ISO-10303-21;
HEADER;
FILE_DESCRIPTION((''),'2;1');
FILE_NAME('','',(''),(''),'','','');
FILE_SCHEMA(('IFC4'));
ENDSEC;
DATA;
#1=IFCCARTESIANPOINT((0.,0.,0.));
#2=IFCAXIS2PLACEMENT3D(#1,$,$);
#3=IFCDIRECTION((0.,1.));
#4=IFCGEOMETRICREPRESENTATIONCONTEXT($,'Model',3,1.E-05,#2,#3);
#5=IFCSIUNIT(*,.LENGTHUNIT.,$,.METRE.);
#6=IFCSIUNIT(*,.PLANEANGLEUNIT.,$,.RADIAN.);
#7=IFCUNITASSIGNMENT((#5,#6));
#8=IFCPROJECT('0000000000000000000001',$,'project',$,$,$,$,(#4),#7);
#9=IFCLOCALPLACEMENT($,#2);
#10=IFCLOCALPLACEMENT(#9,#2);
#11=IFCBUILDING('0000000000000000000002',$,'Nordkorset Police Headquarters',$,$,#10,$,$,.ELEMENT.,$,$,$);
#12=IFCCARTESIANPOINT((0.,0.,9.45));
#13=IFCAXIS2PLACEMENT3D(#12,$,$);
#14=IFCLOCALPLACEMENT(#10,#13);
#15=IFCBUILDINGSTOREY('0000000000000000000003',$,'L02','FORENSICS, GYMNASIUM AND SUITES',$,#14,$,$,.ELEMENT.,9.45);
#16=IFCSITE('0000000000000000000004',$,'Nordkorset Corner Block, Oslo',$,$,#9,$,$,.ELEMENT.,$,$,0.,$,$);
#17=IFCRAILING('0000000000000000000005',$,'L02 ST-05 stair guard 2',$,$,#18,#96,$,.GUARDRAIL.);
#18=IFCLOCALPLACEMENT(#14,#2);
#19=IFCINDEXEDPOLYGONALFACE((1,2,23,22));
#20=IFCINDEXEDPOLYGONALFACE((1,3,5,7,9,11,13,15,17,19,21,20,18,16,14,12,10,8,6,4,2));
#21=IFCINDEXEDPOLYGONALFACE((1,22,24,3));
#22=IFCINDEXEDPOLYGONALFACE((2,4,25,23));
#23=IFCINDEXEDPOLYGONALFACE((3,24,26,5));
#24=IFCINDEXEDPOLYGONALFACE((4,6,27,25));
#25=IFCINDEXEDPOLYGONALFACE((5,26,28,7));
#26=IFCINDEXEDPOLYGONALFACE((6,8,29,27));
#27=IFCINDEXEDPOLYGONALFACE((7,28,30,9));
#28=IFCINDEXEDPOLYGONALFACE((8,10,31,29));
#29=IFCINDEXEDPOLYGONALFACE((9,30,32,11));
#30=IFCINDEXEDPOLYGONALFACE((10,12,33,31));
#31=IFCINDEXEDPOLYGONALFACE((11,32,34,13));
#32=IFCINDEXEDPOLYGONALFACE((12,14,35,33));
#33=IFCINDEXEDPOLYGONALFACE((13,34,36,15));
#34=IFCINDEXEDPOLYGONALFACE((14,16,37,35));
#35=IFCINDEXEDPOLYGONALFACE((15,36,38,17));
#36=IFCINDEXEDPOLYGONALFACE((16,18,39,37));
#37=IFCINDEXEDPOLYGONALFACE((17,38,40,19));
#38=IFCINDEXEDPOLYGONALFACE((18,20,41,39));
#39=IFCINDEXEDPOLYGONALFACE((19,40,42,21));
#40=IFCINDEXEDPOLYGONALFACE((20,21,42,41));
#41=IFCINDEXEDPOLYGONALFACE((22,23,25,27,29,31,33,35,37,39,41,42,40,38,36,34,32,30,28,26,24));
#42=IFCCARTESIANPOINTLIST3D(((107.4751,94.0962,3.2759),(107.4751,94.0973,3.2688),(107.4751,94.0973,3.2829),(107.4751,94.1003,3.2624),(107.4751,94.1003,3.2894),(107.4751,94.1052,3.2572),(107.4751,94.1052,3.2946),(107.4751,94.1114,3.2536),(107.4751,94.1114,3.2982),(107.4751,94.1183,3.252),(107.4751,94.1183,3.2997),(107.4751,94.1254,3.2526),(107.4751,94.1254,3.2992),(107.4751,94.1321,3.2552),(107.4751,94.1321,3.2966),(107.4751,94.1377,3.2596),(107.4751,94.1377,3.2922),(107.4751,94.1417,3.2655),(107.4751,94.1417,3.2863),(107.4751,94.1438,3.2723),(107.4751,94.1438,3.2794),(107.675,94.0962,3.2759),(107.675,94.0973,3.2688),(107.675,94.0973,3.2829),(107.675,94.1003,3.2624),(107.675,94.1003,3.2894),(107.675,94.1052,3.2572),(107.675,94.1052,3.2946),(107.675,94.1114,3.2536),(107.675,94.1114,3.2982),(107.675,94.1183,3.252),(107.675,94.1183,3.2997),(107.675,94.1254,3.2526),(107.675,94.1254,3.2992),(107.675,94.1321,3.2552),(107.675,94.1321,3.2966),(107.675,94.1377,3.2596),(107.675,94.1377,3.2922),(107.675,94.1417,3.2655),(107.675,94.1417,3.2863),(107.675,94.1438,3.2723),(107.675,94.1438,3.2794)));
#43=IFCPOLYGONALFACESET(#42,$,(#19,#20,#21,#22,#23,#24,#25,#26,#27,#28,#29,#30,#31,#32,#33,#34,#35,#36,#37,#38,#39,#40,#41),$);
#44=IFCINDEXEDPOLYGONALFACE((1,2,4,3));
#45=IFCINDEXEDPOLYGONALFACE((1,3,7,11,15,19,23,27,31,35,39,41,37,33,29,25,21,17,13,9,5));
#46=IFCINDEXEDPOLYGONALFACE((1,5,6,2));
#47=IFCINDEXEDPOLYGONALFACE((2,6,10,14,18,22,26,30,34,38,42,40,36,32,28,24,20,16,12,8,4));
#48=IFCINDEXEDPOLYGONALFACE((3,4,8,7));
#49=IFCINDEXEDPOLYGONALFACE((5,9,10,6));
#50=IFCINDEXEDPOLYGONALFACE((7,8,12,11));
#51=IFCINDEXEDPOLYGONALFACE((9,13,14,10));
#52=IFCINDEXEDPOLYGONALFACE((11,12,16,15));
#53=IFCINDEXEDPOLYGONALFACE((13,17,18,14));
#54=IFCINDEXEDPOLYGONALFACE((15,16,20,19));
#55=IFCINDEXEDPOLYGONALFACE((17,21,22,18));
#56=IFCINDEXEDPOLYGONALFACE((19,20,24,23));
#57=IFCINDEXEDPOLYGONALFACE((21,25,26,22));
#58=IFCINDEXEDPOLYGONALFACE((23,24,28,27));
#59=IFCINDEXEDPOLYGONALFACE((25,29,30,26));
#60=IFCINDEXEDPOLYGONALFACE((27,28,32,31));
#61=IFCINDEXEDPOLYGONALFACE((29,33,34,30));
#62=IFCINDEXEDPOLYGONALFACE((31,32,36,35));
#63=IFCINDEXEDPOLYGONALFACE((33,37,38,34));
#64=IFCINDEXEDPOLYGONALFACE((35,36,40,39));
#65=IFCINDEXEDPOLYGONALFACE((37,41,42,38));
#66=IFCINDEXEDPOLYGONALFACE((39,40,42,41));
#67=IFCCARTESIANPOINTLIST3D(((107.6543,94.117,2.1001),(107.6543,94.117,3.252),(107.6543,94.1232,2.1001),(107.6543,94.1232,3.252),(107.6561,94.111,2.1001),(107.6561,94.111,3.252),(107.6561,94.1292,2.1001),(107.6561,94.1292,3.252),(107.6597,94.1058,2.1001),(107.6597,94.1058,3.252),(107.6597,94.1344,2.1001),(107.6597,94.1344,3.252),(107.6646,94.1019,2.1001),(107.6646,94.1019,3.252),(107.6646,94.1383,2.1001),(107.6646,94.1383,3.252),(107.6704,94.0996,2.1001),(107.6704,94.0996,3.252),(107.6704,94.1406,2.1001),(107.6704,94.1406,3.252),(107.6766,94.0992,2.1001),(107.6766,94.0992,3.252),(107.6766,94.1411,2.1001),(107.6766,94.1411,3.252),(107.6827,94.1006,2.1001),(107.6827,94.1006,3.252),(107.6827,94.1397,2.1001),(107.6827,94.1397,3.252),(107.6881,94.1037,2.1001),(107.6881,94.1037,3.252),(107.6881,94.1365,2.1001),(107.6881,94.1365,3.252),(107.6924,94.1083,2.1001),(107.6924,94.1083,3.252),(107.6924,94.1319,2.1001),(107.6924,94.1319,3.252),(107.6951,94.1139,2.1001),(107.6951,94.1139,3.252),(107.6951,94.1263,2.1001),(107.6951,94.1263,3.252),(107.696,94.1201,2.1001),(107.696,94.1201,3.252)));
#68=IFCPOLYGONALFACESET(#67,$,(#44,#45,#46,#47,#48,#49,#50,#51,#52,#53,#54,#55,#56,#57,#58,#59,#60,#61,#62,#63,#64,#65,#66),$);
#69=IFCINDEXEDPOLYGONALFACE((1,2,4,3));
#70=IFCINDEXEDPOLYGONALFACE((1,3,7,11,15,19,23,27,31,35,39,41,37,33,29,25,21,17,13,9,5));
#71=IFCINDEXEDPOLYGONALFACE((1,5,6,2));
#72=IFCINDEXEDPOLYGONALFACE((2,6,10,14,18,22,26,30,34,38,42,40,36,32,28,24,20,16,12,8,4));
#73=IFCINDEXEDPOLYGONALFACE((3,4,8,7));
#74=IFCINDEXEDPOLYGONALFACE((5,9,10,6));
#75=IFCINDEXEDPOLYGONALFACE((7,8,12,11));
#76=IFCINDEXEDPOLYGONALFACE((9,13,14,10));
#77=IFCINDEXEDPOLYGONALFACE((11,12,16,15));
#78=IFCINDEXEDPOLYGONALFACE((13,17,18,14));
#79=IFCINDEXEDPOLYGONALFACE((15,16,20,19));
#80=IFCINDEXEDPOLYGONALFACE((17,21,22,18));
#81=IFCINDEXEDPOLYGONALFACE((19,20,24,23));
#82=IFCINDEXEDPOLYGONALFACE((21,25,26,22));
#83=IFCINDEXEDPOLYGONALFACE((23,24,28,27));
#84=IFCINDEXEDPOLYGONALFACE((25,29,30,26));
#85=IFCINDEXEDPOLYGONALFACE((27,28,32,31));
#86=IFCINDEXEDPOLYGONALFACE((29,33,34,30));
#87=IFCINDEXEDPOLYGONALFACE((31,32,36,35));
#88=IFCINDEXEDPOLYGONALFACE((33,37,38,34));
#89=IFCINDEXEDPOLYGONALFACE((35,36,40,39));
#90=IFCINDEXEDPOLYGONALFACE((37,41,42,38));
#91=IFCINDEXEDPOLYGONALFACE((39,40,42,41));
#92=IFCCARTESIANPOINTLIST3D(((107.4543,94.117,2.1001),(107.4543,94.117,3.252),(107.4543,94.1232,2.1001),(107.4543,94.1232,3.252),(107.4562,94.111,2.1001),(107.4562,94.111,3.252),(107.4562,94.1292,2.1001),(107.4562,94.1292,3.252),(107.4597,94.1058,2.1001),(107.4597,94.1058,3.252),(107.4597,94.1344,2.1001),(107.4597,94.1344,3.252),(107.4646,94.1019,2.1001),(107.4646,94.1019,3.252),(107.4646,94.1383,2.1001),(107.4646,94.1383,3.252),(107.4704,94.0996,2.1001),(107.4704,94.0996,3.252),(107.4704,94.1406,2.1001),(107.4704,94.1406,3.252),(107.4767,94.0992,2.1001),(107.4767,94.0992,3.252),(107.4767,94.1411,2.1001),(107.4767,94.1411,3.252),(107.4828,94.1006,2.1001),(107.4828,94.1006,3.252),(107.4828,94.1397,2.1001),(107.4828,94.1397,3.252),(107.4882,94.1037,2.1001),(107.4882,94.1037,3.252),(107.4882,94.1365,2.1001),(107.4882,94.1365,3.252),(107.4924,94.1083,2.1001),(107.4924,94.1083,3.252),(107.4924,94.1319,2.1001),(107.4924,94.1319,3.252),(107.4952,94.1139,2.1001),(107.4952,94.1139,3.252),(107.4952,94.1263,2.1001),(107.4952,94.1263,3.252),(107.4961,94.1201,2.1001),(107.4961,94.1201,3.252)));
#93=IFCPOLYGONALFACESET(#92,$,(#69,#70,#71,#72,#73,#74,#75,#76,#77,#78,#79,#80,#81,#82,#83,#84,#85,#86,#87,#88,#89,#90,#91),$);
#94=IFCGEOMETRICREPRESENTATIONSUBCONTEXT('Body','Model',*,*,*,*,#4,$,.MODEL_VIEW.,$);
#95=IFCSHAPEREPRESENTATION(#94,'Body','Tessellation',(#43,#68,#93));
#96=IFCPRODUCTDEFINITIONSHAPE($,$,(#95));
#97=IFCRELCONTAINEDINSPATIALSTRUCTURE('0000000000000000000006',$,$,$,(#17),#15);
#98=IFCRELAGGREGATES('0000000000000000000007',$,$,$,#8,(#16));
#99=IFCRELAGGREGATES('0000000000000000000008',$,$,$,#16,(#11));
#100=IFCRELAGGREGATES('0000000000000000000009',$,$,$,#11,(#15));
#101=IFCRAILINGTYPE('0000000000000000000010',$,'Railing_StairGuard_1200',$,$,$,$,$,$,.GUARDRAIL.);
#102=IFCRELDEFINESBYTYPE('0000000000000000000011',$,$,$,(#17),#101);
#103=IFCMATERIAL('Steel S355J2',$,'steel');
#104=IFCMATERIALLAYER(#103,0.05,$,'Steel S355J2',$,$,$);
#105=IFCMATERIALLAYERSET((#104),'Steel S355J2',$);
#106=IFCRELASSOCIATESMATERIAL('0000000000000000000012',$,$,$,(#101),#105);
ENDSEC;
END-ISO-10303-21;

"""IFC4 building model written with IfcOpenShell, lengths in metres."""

from ifc_helpers import new_model, si_unit, direction, frame, origin, origin_2d, place, context, subcontext, project, spatial, circle, extrude, material, layer, layer_set, type_object, element, save


model = new_model("IFC4")

# Units and contexts
model_context = context("Model", 3, precision=1e-05, world=origin(), true_north=direction((0.0, 1.0)))
body_context = subcontext(model_context, "Body", "Model", "MODEL_VIEW")
ifc_project = project(units=[si_unit("LENGTHUNIT", "METRE"), si_unit("PLANEANGLEUNIT", "RADIAN")], contexts=[model_context])

# Site, building, storey
site_placement = place(None, origin())
site = spatial("IfcSite", under=ifc_project, at=site_placement, Name="Nordkorset Corner Block, Oslo", CompositionType="ELEMENT", RefElevation=0.0)
building_placement = place(site_placement, origin())
building = spatial("IfcBuilding", under=site, at=building_placement, Name="Nordkorset Police Headquarters", CompositionType="ELEMENT")
storey_placement = place(building_placement, frame((0.0, 0.0, 9.45)))
storey = spatial("IfcBuildingStorey", under=building, at=storey_placement, Name="L02", Description="FORENSICS, GYMNASIUM AND SUITES", CompositionType="ELEMENT", Elevation=9.45)

# Railing
ifc_material_1 = material(Name="Steel S355J2", Category="steel")
ifc_layer_1 = layer(ifc_material_1, 0.05, Name="Steel S355J2")
ifc_layer_set_1 = layer_set([ifc_layer_1], Name="Steel S355J2")
railing_type_1 = type_object("IfcRailingType", Name="Railing_StairGuard_1200", PredefinedType="GUARDRAIL", material=ifc_layer_set_1)
railing_1_placement = place(storey_placement, frame((107.675, 94.1201, 2.1001)))
element("IfcRailing", 1, at=railing_1_placement, inside=storey, type_object=railing_type_1, Name="L02 ST-05 stair guard 2", PredefinedType="GUARDRAIL", context=body_context, shape_type="SweptSolid", body=[
    extrude(circle(Radius=0.0239, at=origin_2d()), frame((0.0, 0.0, 1.1758), z_axis=(-1.0, 0.0, 0.0), x_axis=(0.0, -1.0, 0.0)), (0.0, 0.0, 1.0), 0.2),
    extrude(circle(Radius=0.021, at=origin_2d()), origin(), (0.0, 0.0, 1.0), 1.1519),
    extrude(circle(Radius=0.021, at=origin_2d()), frame((-0.2, 0.0, 0.0)), (0.0, 0.0, 1.0), 1.1519),
])

save(model, "model.ifc")
